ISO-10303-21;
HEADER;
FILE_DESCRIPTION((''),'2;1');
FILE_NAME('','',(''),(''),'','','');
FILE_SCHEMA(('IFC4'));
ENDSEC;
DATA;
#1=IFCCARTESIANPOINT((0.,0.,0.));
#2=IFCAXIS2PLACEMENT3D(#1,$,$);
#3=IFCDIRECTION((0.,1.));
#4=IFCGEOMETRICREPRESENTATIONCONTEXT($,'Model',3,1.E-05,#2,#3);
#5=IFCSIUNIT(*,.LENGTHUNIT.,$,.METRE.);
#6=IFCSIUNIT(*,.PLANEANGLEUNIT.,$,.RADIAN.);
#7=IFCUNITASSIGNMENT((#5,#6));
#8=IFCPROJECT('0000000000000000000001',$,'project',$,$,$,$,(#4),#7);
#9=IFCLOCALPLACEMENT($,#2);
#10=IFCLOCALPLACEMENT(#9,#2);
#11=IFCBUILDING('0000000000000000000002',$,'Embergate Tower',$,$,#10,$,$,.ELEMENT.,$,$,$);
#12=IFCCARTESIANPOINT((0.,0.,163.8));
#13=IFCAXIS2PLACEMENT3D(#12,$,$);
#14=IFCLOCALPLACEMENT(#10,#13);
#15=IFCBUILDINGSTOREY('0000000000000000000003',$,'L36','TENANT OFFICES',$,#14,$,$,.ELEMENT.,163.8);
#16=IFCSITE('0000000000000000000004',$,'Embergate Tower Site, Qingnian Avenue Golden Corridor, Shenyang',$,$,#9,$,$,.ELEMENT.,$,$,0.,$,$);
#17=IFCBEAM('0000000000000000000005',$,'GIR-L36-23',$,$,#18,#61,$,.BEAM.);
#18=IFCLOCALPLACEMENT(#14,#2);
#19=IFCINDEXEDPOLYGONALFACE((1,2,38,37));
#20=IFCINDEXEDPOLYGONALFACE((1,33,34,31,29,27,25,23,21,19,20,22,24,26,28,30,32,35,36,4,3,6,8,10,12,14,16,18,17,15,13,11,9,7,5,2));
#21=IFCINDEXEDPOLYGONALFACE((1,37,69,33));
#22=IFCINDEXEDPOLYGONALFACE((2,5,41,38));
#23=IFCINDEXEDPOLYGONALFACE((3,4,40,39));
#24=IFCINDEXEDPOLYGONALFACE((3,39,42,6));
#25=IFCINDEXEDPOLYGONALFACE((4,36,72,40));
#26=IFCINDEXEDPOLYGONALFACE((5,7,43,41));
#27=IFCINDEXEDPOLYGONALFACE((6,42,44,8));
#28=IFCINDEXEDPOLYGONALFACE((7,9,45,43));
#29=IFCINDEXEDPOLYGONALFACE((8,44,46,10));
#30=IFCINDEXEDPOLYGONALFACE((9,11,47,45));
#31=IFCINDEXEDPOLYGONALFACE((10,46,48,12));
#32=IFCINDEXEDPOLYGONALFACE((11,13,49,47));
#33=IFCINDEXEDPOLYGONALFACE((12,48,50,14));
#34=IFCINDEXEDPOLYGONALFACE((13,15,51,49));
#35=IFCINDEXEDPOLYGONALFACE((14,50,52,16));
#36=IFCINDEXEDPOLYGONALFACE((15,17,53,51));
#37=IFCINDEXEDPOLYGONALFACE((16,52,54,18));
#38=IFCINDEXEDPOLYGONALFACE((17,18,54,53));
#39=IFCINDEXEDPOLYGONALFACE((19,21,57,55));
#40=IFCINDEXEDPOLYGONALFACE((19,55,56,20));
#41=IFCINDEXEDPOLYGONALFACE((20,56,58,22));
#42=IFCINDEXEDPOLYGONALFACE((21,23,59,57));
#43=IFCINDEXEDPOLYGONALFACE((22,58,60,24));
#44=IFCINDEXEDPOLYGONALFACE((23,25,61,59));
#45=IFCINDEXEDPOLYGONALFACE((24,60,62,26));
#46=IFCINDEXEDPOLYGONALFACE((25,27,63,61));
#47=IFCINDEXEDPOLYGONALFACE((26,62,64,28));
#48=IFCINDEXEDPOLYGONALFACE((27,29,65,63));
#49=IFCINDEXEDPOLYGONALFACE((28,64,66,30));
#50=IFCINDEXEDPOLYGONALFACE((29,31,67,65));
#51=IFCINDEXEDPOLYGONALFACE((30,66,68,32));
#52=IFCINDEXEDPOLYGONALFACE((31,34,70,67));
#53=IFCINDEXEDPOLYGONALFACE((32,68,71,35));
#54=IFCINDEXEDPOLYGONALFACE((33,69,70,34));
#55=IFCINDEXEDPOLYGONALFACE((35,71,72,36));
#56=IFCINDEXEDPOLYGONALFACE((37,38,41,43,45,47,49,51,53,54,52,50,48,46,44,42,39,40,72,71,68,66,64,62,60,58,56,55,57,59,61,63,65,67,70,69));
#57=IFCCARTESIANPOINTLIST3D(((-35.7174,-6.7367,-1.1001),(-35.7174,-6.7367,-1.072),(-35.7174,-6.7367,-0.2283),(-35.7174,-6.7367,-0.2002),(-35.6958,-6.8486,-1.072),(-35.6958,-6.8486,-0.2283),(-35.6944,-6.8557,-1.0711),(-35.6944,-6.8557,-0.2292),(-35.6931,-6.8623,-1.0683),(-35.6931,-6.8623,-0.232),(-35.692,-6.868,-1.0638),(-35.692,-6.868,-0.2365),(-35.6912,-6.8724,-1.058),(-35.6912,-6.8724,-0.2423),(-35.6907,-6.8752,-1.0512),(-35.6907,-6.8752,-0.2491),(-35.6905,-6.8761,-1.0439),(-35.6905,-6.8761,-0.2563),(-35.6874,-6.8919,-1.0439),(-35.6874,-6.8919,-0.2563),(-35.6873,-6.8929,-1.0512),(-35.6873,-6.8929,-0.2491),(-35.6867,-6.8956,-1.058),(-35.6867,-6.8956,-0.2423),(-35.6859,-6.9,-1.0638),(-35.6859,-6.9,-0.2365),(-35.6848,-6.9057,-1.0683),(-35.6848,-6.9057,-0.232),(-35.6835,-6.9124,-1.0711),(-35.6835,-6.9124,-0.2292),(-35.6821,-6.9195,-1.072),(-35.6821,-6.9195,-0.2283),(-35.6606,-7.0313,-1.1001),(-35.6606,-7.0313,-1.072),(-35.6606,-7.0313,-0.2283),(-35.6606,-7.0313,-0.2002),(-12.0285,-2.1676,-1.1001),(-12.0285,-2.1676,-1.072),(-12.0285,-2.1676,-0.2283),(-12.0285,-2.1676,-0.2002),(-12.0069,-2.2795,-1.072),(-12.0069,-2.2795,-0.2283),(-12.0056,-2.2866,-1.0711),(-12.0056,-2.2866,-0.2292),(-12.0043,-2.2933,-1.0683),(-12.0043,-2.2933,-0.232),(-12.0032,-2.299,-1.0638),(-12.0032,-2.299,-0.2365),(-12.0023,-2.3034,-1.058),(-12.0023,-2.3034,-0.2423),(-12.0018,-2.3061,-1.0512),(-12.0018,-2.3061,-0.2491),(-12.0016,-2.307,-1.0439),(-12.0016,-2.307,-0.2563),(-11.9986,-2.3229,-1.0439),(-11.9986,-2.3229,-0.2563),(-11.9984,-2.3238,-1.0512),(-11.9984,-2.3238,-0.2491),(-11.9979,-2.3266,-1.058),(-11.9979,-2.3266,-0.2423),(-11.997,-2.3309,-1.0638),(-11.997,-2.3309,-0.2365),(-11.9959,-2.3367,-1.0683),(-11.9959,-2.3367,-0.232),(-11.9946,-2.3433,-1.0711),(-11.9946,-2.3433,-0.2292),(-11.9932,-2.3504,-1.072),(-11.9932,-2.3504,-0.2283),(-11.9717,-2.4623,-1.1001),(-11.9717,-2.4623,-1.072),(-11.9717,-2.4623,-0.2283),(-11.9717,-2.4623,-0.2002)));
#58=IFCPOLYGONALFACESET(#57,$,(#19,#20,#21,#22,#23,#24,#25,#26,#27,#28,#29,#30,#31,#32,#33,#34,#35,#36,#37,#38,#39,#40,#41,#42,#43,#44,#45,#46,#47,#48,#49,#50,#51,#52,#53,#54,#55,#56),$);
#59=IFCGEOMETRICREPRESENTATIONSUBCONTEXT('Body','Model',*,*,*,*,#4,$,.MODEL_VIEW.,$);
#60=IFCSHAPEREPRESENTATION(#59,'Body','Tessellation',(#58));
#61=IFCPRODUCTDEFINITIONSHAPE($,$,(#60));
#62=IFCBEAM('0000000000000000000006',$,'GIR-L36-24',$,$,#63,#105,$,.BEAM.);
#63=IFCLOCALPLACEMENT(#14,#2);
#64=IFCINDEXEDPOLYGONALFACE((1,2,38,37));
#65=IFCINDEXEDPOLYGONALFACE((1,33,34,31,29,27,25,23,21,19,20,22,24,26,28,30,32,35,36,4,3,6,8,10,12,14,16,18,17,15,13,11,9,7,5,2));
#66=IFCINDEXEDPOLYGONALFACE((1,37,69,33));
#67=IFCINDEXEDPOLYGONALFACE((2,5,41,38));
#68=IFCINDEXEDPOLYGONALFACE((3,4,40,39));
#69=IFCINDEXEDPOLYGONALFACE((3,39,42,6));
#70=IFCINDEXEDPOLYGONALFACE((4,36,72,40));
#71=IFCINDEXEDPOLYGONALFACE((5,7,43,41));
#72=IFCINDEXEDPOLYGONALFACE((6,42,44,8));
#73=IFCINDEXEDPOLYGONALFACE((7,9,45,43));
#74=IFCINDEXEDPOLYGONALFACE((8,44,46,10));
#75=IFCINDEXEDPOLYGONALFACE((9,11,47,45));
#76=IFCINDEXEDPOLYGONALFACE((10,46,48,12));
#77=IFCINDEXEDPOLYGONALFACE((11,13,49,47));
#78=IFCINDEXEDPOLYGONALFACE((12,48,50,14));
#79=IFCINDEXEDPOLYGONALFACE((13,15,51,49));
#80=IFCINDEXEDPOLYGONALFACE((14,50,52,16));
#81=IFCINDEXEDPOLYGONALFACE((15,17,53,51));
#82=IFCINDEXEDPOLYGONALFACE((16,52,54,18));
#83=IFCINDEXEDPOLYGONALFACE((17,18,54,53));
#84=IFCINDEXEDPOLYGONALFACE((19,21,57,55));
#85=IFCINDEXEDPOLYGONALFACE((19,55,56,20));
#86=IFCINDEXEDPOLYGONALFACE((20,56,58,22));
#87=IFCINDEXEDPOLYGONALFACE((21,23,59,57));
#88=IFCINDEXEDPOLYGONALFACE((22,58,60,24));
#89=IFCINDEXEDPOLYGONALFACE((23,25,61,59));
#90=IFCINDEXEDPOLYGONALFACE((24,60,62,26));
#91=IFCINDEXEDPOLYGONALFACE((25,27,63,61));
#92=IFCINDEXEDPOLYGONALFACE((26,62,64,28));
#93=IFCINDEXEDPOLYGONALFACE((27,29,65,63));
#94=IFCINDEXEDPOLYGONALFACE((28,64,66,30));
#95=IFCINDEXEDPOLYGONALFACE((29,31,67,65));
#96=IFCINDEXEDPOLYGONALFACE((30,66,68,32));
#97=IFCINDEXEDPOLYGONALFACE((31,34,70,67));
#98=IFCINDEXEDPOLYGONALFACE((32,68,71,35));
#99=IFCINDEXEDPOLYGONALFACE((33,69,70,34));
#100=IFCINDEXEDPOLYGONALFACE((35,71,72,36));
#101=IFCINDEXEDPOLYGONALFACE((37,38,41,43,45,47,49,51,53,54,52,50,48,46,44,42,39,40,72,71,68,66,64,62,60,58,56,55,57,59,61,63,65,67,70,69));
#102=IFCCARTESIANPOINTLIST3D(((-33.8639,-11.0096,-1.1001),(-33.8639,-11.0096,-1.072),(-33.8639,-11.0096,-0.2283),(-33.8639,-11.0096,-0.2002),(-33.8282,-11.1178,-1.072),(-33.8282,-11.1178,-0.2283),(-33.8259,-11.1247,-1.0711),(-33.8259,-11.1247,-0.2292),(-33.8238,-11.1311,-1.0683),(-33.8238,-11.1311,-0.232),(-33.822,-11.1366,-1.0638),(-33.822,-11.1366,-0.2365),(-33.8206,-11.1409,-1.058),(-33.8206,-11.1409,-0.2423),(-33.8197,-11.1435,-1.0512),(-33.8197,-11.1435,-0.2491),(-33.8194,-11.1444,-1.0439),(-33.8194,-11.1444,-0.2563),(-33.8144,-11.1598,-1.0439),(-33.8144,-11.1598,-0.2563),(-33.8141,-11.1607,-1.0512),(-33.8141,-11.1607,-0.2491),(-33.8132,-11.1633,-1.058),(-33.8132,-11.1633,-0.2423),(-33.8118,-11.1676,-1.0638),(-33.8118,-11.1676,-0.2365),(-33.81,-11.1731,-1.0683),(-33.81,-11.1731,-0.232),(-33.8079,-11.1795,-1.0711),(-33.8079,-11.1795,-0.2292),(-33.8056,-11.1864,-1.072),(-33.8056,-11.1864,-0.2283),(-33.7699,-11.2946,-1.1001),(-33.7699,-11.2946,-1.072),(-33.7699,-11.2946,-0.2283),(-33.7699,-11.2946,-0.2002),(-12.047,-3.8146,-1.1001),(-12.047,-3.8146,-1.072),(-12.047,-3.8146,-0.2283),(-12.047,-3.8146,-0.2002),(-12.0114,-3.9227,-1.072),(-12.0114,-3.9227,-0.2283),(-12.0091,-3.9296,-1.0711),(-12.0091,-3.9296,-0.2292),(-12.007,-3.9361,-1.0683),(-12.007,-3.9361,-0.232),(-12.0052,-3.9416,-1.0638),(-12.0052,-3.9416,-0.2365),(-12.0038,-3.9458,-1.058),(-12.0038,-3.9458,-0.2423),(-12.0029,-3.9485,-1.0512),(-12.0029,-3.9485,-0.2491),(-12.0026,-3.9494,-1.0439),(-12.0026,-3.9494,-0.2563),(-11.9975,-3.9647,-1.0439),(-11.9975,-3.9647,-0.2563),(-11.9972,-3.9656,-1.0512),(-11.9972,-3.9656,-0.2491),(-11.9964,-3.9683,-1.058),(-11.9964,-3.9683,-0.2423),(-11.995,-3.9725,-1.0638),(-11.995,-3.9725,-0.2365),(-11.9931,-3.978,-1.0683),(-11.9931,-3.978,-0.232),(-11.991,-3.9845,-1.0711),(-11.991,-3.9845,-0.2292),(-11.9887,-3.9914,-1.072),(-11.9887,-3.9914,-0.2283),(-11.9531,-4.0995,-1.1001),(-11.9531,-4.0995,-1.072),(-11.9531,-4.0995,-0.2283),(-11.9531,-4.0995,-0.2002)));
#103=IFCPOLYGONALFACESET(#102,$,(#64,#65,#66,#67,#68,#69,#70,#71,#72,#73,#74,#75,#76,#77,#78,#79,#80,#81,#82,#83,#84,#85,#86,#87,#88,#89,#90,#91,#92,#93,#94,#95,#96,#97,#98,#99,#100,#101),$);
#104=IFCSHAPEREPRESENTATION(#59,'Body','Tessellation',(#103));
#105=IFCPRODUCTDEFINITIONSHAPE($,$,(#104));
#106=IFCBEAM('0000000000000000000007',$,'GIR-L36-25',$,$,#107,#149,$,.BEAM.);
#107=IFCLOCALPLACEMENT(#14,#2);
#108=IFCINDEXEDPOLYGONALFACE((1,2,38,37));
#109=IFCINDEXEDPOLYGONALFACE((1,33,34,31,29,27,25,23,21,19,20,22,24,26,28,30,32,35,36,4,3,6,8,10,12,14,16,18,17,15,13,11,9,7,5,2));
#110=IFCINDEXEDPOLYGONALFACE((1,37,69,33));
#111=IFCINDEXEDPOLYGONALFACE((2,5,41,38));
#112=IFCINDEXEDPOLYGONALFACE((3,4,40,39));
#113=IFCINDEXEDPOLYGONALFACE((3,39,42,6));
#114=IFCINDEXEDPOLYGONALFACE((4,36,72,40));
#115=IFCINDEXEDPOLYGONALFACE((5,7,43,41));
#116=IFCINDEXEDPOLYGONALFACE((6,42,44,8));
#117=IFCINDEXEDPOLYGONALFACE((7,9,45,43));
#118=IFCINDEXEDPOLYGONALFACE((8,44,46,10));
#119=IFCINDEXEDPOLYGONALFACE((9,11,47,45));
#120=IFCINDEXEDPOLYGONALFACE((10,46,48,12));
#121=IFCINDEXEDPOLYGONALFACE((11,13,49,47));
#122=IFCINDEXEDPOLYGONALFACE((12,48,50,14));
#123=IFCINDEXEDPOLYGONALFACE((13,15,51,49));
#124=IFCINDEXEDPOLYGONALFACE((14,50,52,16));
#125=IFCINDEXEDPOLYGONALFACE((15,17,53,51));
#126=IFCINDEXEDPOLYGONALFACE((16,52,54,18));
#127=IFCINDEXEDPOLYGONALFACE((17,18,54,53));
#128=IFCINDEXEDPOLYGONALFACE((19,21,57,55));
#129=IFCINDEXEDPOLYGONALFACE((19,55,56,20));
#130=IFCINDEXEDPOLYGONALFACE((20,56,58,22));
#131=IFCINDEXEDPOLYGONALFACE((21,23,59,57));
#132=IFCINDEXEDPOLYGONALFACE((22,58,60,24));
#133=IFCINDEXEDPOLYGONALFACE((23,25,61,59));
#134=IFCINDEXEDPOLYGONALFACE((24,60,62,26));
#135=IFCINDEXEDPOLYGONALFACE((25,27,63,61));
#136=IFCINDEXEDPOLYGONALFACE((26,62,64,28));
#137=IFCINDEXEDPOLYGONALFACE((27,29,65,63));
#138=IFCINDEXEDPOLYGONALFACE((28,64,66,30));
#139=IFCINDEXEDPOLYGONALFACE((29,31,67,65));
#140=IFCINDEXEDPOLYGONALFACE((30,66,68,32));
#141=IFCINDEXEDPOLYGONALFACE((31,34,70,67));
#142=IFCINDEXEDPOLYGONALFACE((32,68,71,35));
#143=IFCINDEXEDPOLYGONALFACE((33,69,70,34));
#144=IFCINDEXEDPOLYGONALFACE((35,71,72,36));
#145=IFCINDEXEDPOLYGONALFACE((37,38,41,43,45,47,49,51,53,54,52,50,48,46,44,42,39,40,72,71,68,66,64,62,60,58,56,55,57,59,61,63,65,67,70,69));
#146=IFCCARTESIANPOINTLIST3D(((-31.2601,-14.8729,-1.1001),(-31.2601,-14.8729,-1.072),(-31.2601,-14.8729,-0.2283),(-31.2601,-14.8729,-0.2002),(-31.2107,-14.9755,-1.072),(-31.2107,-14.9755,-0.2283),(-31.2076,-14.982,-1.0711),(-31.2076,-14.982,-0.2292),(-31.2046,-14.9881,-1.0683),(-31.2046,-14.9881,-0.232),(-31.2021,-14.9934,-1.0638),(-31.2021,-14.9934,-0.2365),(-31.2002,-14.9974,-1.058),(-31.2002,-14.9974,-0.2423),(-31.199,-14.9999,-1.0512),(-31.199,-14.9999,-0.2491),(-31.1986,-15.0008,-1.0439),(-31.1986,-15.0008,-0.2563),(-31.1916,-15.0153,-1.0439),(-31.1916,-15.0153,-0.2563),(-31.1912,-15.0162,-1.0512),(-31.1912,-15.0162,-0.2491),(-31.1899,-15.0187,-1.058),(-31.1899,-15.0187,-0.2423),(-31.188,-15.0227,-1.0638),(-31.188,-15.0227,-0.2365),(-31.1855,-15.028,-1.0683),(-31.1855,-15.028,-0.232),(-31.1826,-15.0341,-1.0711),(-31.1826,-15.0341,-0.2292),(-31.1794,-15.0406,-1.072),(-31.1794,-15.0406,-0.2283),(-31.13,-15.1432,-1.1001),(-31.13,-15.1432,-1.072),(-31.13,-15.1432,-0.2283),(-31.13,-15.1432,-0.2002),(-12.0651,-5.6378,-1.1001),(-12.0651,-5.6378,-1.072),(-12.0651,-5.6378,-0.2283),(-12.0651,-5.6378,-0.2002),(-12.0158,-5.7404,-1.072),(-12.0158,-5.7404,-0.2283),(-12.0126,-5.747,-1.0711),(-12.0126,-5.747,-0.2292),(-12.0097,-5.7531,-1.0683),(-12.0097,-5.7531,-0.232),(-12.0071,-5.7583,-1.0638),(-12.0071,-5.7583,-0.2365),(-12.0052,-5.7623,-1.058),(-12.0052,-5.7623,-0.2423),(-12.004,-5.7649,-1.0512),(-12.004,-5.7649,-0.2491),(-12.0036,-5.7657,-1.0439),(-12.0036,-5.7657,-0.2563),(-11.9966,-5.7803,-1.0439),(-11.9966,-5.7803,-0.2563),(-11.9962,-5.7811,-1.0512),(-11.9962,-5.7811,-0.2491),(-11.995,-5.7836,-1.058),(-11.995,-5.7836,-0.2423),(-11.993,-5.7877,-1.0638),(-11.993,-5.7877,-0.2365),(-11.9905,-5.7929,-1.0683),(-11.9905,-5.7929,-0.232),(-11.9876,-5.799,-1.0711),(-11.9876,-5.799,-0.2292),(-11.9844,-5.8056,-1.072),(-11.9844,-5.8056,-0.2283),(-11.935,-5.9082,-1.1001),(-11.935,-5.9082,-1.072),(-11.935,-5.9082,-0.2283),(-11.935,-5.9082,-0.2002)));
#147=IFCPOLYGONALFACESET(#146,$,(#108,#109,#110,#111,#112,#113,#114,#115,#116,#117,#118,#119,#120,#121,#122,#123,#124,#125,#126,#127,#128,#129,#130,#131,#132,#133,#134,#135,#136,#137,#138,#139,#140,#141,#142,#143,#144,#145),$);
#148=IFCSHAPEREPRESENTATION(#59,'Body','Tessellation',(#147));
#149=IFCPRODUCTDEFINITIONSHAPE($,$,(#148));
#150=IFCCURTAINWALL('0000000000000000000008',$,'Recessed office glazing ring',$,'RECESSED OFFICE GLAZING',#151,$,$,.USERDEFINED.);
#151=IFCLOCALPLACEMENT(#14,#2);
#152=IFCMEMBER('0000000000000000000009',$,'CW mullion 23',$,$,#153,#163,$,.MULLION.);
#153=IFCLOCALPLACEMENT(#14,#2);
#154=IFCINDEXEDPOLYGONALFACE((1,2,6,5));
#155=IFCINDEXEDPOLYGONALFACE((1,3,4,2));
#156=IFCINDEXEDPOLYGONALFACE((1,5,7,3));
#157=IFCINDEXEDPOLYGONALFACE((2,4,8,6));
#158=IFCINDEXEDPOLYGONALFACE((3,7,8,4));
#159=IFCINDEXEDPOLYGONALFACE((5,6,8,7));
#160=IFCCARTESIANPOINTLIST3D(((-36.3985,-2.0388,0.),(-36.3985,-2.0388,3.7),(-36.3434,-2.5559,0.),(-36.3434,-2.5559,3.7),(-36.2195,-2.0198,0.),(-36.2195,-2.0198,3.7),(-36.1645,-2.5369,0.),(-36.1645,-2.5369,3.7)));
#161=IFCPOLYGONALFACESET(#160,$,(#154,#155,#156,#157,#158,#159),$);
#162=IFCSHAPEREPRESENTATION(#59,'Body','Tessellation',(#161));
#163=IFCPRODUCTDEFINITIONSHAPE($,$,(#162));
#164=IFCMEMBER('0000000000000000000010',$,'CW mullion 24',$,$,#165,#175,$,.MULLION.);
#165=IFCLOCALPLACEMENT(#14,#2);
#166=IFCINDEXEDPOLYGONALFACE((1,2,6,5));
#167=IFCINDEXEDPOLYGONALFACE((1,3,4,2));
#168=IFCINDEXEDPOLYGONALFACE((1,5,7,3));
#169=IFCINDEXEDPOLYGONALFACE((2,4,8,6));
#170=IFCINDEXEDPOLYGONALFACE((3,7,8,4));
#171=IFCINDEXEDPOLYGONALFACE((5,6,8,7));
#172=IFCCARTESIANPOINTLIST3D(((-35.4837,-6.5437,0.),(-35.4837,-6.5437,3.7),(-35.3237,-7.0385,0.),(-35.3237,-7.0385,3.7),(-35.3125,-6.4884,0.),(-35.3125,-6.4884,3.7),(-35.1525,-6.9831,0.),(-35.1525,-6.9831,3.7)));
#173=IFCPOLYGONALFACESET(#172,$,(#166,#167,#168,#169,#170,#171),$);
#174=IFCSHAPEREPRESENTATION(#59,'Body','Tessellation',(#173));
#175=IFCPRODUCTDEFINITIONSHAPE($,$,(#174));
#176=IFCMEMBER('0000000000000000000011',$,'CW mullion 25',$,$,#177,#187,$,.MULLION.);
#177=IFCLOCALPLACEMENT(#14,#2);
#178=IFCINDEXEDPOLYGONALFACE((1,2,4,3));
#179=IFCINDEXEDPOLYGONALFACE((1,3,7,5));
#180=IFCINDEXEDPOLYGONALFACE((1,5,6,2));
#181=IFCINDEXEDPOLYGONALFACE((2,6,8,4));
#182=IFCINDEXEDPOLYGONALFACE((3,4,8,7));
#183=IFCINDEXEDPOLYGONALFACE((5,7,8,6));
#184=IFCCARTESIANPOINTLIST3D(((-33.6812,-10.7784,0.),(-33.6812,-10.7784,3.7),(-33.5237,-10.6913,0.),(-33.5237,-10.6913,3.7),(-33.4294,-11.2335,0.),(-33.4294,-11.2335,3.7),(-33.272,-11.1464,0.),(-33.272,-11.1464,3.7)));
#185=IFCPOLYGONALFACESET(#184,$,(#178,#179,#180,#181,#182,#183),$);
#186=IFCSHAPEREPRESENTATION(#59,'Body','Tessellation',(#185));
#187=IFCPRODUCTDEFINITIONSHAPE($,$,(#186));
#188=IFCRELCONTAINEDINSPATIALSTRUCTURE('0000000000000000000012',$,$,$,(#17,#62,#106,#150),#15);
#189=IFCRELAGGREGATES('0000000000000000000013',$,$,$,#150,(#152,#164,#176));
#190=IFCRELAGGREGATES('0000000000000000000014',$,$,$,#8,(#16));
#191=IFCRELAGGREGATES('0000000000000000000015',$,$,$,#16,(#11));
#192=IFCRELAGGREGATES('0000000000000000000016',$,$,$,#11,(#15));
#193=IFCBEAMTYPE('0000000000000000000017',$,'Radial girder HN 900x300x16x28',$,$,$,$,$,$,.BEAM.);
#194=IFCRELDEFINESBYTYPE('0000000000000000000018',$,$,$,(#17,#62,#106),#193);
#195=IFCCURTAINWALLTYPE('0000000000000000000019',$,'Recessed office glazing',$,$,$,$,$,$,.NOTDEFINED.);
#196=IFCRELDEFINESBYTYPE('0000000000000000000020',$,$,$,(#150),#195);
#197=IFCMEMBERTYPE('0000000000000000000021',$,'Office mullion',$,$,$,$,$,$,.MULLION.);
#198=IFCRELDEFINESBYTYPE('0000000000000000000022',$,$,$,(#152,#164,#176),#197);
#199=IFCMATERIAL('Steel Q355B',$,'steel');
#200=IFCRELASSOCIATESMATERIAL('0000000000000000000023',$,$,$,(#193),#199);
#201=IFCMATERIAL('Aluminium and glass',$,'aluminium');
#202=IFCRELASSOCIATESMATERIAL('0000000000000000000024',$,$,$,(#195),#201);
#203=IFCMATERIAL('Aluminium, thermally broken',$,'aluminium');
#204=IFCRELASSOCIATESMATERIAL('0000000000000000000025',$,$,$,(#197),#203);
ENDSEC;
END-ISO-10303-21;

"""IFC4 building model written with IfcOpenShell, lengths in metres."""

from ifc_helpers import new_model, si_unit, direction, frame, origin, origin_2d, place, context, subcontext, project, spatial, rectangle, i_section, extrude, source, transform, mapped, material, material_profile, profile_set, type_object, element, aggregate, save


model = new_model("IFC4")

# Units and contexts
model_context = context("Model", 3, precision=1e-05, world=origin(), true_north=direction((0.0, 1.0)))
body_context = subcontext(model_context, "Body", "Model", "MODEL_VIEW")
ifc_project = project(units=[si_unit("LENGTHUNIT", "METRE"), si_unit("PLANEANGLEUNIT", "RADIAN")], contexts=[model_context])

# Site, building, storey
site_placement = place(None, origin())
site = spatial("IfcSite", under=ifc_project, at=site_placement, Name="Embergate Tower Site, Qingnian Avenue Golden Corridor, Shenyang", CompositionType="ELEMENT", RefElevation=0.0)
building_placement = place(site_placement, origin())
building = spatial("IfcBuilding", under=site, at=building_placement, Name="Embergate Tower", CompositionType="ELEMENT")
storey_placement = place(building_placement, frame((0.0, 0.0, 163.8)))
storey = spatial("IfcBuildingStorey", under=building, at=storey_placement, Name="L36", Description="TENANT OFFICES", CompositionType="ELEMENT", Elevation=163.8)

# Beams
ifc_material_1 = material(Name="Steel Q355B", Category="steel")
ifc_material_profile_1 = material_profile(ifc_material_1, i_section(OverallWidth=0.3, OverallDepth=0.8999, WebThickness=0.0161, FlangeThickness=0.0281, FilletRadius=0.0281, at=origin_2d()), Name="HN 900x300x16x28")
ifc_profile_set_1 = profile_set([ifc_material_profile_1], Name="Steel Q355 grade B")
beam_type_1 = type_object("IfcBeamType", Name="Radial girder HN 900x300x16x28", PredefinedType="BEAM", material=ifc_profile_set_1)
shared_shape_1 = source(origin(), body_context, "Body", "SweptSolid", [
    extrude(i_section(OverallWidth=0.3, OverallDepth=0.8999, WebThickness=0.0161, FlangeThickness=0.0281, FilletRadius=0.0281, at=origin_2d()), origin(), (0.0, 0.0, 1.0), 24.1255),
])
beam_1_placement = place(storey_placement, frame((-35.689, -6.884, -0.6501), z_axis=(0.981902, 0.189388, 0.0), x_axis=(-0.189388, 0.981902, 0.0)))
element("IfcBeam", 1, at=beam_1_placement, inside=storey, type_object=beam_type_1, Name="GIR-L36-23", PredefinedType="BEAM", context=body_context, shape_type="MappedRepresentation", body=[
    mapped(shared_shape_1, transform((0.0, 0.0, 0.0))),
])
shared_shape_2 = source(origin(), body_context, "Body", "SweptSolid", [
    extrude(i_section(OverallWidth=0.3, OverallDepth=0.8999, WebThickness=0.0161, FlangeThickness=0.0281, FilletRadius=0.0281, at=origin_2d()), origin(), (0.0, 0.0, 1.0), 22.9727),
])
beam_2_placement = place(storey_placement, frame((-33.8169, -11.1521, -0.6501), z_axis=(0.949687, 0.313201, 0.0), x_axis=(-0.313201, 0.949687, 0.0)))
element("IfcBeam", 2, at=beam_2_placement, inside=storey, type_object=beam_type_1, Name="GIR-L36-24", PredefinedType="BEAM", context=body_context, shape_type="MappedRepresentation", body=[
    mapped(shared_shape_2, transform((0.0, 0.0, 0.0))),
])
shared_shape_3 = source(origin(), body_context, "Body", "SweptSolid", [
    extrude(i_section(OverallWidth=0.3, OverallDepth=0.8999, WebThickness=0.0161, FlangeThickness=0.0281, FilletRadius=0.0281, at=origin_2d()), origin(), (0.0, 0.0, 1.0), 21.301),
])
beam_3_placement = place(storey_placement, frame((-31.1951, -15.0081, -0.6501), z_axis=(0.901129, 0.43355, 0.0), x_axis=(-0.43355, 0.901129, 0.0)))
element("IfcBeam", 3, at=beam_3_placement, inside=storey, type_object=beam_type_1, Name="GIR-L36-25", PredefinedType="BEAM", context=body_context, shape_type="MappedRepresentation", body=[
    mapped(shared_shape_3, transform((0.0, 0.0, 0.0))),
])

# Curtain wall, members
ifc_material_2 = material(Name="Aluminium and glass", Category="aluminium")
curtain_wall_type = type_object("IfcCurtainWallType", Name="Recessed office glazing", PredefinedType="NOTDEFINED", material=ifc_material_2)
curtain_wall_placement = place(storey_placement, origin())
curtain_wall = element("IfcCurtainWall", 4, at=curtain_wall_placement, inside=storey, type_object=curtain_wall_type, Name="Recessed office glazing ring", ObjectType="RECESSED OFFICE GLAZING", PredefinedType="USERDEFINED")
ifc_material_3 = material(Name="Aluminium, thermally broken", Category="aluminium")
ifc_material_profile_2 = material_profile(ifc_material_3, rectangle(XDim=0.1799, YDim=0.52, at=origin_2d()), Name="AL 520x180")
ifc_profile_set_2 = profile_set([ifc_material_profile_2], Name="Aluminium, thermally broken")
member_type_1 = type_object("IfcMemberType", Name="Office mullion", PredefinedType="MULLION", material=ifc_profile_set_2)
shared_shape_4 = source(origin(), body_context, "Body", "SweptSolid", [
    extrude(rectangle(XDim=0.1799, YDim=0.52, at=origin_2d()), origin(), (0.0, 0.0, 1.0), 3.7),
])
member_1_placement = place(storey_placement, frame((-36.2815, -2.2878, 0.0), z_axis=(0.0, 0.0, 1.0), x_axis=(0.994385, 0.105823, 0.0)))
member_1 = element("IfcMember", 5, at=member_1_placement, type_object=member_type_1, Name="CW mullion 23", PredefinedType="MULLION", context=body_context, shape_type="MappedRepresentation", body=[
    mapped(shared_shape_4, transform((0.0, 0.0, 0.0))),
])
member_2_placement = place(storey_placement, frame((-35.3181, -6.7634, 0.0), z_axis=(0.0, 0.0, 1.0), x_axis=(0.951498, 0.307656, 0.0)))
member_2 = element("IfcMember", 6, at=member_2_placement, type_object=member_type_1, Name="CW mullion 24", PredefinedType="MULLION", context=body_context, shape_type="MappedRepresentation", body=[
    mapped(shared_shape_4, transform((0.0, 0.0, 0.0))),
])
member_3_placement = place(storey_placement, frame((-33.4766, -10.9624, 0.0), z_axis=(0.0, 0.0, 1.0), x_axis=(0.875002, 0.484119, 0.0)))
member_3 = element("IfcMember", 7, at=member_3_placement, type_object=member_type_1, Name="CW mullion 25", PredefinedType="MULLION", context=body_context, shape_type="MappedRepresentation", body=[
    mapped(shared_shape_4, transform((0.0, 0.0, 0.0))),
])
aggregate(curtain_wall, [member_1, member_2, member_3])

save(model, "model.ifc")
